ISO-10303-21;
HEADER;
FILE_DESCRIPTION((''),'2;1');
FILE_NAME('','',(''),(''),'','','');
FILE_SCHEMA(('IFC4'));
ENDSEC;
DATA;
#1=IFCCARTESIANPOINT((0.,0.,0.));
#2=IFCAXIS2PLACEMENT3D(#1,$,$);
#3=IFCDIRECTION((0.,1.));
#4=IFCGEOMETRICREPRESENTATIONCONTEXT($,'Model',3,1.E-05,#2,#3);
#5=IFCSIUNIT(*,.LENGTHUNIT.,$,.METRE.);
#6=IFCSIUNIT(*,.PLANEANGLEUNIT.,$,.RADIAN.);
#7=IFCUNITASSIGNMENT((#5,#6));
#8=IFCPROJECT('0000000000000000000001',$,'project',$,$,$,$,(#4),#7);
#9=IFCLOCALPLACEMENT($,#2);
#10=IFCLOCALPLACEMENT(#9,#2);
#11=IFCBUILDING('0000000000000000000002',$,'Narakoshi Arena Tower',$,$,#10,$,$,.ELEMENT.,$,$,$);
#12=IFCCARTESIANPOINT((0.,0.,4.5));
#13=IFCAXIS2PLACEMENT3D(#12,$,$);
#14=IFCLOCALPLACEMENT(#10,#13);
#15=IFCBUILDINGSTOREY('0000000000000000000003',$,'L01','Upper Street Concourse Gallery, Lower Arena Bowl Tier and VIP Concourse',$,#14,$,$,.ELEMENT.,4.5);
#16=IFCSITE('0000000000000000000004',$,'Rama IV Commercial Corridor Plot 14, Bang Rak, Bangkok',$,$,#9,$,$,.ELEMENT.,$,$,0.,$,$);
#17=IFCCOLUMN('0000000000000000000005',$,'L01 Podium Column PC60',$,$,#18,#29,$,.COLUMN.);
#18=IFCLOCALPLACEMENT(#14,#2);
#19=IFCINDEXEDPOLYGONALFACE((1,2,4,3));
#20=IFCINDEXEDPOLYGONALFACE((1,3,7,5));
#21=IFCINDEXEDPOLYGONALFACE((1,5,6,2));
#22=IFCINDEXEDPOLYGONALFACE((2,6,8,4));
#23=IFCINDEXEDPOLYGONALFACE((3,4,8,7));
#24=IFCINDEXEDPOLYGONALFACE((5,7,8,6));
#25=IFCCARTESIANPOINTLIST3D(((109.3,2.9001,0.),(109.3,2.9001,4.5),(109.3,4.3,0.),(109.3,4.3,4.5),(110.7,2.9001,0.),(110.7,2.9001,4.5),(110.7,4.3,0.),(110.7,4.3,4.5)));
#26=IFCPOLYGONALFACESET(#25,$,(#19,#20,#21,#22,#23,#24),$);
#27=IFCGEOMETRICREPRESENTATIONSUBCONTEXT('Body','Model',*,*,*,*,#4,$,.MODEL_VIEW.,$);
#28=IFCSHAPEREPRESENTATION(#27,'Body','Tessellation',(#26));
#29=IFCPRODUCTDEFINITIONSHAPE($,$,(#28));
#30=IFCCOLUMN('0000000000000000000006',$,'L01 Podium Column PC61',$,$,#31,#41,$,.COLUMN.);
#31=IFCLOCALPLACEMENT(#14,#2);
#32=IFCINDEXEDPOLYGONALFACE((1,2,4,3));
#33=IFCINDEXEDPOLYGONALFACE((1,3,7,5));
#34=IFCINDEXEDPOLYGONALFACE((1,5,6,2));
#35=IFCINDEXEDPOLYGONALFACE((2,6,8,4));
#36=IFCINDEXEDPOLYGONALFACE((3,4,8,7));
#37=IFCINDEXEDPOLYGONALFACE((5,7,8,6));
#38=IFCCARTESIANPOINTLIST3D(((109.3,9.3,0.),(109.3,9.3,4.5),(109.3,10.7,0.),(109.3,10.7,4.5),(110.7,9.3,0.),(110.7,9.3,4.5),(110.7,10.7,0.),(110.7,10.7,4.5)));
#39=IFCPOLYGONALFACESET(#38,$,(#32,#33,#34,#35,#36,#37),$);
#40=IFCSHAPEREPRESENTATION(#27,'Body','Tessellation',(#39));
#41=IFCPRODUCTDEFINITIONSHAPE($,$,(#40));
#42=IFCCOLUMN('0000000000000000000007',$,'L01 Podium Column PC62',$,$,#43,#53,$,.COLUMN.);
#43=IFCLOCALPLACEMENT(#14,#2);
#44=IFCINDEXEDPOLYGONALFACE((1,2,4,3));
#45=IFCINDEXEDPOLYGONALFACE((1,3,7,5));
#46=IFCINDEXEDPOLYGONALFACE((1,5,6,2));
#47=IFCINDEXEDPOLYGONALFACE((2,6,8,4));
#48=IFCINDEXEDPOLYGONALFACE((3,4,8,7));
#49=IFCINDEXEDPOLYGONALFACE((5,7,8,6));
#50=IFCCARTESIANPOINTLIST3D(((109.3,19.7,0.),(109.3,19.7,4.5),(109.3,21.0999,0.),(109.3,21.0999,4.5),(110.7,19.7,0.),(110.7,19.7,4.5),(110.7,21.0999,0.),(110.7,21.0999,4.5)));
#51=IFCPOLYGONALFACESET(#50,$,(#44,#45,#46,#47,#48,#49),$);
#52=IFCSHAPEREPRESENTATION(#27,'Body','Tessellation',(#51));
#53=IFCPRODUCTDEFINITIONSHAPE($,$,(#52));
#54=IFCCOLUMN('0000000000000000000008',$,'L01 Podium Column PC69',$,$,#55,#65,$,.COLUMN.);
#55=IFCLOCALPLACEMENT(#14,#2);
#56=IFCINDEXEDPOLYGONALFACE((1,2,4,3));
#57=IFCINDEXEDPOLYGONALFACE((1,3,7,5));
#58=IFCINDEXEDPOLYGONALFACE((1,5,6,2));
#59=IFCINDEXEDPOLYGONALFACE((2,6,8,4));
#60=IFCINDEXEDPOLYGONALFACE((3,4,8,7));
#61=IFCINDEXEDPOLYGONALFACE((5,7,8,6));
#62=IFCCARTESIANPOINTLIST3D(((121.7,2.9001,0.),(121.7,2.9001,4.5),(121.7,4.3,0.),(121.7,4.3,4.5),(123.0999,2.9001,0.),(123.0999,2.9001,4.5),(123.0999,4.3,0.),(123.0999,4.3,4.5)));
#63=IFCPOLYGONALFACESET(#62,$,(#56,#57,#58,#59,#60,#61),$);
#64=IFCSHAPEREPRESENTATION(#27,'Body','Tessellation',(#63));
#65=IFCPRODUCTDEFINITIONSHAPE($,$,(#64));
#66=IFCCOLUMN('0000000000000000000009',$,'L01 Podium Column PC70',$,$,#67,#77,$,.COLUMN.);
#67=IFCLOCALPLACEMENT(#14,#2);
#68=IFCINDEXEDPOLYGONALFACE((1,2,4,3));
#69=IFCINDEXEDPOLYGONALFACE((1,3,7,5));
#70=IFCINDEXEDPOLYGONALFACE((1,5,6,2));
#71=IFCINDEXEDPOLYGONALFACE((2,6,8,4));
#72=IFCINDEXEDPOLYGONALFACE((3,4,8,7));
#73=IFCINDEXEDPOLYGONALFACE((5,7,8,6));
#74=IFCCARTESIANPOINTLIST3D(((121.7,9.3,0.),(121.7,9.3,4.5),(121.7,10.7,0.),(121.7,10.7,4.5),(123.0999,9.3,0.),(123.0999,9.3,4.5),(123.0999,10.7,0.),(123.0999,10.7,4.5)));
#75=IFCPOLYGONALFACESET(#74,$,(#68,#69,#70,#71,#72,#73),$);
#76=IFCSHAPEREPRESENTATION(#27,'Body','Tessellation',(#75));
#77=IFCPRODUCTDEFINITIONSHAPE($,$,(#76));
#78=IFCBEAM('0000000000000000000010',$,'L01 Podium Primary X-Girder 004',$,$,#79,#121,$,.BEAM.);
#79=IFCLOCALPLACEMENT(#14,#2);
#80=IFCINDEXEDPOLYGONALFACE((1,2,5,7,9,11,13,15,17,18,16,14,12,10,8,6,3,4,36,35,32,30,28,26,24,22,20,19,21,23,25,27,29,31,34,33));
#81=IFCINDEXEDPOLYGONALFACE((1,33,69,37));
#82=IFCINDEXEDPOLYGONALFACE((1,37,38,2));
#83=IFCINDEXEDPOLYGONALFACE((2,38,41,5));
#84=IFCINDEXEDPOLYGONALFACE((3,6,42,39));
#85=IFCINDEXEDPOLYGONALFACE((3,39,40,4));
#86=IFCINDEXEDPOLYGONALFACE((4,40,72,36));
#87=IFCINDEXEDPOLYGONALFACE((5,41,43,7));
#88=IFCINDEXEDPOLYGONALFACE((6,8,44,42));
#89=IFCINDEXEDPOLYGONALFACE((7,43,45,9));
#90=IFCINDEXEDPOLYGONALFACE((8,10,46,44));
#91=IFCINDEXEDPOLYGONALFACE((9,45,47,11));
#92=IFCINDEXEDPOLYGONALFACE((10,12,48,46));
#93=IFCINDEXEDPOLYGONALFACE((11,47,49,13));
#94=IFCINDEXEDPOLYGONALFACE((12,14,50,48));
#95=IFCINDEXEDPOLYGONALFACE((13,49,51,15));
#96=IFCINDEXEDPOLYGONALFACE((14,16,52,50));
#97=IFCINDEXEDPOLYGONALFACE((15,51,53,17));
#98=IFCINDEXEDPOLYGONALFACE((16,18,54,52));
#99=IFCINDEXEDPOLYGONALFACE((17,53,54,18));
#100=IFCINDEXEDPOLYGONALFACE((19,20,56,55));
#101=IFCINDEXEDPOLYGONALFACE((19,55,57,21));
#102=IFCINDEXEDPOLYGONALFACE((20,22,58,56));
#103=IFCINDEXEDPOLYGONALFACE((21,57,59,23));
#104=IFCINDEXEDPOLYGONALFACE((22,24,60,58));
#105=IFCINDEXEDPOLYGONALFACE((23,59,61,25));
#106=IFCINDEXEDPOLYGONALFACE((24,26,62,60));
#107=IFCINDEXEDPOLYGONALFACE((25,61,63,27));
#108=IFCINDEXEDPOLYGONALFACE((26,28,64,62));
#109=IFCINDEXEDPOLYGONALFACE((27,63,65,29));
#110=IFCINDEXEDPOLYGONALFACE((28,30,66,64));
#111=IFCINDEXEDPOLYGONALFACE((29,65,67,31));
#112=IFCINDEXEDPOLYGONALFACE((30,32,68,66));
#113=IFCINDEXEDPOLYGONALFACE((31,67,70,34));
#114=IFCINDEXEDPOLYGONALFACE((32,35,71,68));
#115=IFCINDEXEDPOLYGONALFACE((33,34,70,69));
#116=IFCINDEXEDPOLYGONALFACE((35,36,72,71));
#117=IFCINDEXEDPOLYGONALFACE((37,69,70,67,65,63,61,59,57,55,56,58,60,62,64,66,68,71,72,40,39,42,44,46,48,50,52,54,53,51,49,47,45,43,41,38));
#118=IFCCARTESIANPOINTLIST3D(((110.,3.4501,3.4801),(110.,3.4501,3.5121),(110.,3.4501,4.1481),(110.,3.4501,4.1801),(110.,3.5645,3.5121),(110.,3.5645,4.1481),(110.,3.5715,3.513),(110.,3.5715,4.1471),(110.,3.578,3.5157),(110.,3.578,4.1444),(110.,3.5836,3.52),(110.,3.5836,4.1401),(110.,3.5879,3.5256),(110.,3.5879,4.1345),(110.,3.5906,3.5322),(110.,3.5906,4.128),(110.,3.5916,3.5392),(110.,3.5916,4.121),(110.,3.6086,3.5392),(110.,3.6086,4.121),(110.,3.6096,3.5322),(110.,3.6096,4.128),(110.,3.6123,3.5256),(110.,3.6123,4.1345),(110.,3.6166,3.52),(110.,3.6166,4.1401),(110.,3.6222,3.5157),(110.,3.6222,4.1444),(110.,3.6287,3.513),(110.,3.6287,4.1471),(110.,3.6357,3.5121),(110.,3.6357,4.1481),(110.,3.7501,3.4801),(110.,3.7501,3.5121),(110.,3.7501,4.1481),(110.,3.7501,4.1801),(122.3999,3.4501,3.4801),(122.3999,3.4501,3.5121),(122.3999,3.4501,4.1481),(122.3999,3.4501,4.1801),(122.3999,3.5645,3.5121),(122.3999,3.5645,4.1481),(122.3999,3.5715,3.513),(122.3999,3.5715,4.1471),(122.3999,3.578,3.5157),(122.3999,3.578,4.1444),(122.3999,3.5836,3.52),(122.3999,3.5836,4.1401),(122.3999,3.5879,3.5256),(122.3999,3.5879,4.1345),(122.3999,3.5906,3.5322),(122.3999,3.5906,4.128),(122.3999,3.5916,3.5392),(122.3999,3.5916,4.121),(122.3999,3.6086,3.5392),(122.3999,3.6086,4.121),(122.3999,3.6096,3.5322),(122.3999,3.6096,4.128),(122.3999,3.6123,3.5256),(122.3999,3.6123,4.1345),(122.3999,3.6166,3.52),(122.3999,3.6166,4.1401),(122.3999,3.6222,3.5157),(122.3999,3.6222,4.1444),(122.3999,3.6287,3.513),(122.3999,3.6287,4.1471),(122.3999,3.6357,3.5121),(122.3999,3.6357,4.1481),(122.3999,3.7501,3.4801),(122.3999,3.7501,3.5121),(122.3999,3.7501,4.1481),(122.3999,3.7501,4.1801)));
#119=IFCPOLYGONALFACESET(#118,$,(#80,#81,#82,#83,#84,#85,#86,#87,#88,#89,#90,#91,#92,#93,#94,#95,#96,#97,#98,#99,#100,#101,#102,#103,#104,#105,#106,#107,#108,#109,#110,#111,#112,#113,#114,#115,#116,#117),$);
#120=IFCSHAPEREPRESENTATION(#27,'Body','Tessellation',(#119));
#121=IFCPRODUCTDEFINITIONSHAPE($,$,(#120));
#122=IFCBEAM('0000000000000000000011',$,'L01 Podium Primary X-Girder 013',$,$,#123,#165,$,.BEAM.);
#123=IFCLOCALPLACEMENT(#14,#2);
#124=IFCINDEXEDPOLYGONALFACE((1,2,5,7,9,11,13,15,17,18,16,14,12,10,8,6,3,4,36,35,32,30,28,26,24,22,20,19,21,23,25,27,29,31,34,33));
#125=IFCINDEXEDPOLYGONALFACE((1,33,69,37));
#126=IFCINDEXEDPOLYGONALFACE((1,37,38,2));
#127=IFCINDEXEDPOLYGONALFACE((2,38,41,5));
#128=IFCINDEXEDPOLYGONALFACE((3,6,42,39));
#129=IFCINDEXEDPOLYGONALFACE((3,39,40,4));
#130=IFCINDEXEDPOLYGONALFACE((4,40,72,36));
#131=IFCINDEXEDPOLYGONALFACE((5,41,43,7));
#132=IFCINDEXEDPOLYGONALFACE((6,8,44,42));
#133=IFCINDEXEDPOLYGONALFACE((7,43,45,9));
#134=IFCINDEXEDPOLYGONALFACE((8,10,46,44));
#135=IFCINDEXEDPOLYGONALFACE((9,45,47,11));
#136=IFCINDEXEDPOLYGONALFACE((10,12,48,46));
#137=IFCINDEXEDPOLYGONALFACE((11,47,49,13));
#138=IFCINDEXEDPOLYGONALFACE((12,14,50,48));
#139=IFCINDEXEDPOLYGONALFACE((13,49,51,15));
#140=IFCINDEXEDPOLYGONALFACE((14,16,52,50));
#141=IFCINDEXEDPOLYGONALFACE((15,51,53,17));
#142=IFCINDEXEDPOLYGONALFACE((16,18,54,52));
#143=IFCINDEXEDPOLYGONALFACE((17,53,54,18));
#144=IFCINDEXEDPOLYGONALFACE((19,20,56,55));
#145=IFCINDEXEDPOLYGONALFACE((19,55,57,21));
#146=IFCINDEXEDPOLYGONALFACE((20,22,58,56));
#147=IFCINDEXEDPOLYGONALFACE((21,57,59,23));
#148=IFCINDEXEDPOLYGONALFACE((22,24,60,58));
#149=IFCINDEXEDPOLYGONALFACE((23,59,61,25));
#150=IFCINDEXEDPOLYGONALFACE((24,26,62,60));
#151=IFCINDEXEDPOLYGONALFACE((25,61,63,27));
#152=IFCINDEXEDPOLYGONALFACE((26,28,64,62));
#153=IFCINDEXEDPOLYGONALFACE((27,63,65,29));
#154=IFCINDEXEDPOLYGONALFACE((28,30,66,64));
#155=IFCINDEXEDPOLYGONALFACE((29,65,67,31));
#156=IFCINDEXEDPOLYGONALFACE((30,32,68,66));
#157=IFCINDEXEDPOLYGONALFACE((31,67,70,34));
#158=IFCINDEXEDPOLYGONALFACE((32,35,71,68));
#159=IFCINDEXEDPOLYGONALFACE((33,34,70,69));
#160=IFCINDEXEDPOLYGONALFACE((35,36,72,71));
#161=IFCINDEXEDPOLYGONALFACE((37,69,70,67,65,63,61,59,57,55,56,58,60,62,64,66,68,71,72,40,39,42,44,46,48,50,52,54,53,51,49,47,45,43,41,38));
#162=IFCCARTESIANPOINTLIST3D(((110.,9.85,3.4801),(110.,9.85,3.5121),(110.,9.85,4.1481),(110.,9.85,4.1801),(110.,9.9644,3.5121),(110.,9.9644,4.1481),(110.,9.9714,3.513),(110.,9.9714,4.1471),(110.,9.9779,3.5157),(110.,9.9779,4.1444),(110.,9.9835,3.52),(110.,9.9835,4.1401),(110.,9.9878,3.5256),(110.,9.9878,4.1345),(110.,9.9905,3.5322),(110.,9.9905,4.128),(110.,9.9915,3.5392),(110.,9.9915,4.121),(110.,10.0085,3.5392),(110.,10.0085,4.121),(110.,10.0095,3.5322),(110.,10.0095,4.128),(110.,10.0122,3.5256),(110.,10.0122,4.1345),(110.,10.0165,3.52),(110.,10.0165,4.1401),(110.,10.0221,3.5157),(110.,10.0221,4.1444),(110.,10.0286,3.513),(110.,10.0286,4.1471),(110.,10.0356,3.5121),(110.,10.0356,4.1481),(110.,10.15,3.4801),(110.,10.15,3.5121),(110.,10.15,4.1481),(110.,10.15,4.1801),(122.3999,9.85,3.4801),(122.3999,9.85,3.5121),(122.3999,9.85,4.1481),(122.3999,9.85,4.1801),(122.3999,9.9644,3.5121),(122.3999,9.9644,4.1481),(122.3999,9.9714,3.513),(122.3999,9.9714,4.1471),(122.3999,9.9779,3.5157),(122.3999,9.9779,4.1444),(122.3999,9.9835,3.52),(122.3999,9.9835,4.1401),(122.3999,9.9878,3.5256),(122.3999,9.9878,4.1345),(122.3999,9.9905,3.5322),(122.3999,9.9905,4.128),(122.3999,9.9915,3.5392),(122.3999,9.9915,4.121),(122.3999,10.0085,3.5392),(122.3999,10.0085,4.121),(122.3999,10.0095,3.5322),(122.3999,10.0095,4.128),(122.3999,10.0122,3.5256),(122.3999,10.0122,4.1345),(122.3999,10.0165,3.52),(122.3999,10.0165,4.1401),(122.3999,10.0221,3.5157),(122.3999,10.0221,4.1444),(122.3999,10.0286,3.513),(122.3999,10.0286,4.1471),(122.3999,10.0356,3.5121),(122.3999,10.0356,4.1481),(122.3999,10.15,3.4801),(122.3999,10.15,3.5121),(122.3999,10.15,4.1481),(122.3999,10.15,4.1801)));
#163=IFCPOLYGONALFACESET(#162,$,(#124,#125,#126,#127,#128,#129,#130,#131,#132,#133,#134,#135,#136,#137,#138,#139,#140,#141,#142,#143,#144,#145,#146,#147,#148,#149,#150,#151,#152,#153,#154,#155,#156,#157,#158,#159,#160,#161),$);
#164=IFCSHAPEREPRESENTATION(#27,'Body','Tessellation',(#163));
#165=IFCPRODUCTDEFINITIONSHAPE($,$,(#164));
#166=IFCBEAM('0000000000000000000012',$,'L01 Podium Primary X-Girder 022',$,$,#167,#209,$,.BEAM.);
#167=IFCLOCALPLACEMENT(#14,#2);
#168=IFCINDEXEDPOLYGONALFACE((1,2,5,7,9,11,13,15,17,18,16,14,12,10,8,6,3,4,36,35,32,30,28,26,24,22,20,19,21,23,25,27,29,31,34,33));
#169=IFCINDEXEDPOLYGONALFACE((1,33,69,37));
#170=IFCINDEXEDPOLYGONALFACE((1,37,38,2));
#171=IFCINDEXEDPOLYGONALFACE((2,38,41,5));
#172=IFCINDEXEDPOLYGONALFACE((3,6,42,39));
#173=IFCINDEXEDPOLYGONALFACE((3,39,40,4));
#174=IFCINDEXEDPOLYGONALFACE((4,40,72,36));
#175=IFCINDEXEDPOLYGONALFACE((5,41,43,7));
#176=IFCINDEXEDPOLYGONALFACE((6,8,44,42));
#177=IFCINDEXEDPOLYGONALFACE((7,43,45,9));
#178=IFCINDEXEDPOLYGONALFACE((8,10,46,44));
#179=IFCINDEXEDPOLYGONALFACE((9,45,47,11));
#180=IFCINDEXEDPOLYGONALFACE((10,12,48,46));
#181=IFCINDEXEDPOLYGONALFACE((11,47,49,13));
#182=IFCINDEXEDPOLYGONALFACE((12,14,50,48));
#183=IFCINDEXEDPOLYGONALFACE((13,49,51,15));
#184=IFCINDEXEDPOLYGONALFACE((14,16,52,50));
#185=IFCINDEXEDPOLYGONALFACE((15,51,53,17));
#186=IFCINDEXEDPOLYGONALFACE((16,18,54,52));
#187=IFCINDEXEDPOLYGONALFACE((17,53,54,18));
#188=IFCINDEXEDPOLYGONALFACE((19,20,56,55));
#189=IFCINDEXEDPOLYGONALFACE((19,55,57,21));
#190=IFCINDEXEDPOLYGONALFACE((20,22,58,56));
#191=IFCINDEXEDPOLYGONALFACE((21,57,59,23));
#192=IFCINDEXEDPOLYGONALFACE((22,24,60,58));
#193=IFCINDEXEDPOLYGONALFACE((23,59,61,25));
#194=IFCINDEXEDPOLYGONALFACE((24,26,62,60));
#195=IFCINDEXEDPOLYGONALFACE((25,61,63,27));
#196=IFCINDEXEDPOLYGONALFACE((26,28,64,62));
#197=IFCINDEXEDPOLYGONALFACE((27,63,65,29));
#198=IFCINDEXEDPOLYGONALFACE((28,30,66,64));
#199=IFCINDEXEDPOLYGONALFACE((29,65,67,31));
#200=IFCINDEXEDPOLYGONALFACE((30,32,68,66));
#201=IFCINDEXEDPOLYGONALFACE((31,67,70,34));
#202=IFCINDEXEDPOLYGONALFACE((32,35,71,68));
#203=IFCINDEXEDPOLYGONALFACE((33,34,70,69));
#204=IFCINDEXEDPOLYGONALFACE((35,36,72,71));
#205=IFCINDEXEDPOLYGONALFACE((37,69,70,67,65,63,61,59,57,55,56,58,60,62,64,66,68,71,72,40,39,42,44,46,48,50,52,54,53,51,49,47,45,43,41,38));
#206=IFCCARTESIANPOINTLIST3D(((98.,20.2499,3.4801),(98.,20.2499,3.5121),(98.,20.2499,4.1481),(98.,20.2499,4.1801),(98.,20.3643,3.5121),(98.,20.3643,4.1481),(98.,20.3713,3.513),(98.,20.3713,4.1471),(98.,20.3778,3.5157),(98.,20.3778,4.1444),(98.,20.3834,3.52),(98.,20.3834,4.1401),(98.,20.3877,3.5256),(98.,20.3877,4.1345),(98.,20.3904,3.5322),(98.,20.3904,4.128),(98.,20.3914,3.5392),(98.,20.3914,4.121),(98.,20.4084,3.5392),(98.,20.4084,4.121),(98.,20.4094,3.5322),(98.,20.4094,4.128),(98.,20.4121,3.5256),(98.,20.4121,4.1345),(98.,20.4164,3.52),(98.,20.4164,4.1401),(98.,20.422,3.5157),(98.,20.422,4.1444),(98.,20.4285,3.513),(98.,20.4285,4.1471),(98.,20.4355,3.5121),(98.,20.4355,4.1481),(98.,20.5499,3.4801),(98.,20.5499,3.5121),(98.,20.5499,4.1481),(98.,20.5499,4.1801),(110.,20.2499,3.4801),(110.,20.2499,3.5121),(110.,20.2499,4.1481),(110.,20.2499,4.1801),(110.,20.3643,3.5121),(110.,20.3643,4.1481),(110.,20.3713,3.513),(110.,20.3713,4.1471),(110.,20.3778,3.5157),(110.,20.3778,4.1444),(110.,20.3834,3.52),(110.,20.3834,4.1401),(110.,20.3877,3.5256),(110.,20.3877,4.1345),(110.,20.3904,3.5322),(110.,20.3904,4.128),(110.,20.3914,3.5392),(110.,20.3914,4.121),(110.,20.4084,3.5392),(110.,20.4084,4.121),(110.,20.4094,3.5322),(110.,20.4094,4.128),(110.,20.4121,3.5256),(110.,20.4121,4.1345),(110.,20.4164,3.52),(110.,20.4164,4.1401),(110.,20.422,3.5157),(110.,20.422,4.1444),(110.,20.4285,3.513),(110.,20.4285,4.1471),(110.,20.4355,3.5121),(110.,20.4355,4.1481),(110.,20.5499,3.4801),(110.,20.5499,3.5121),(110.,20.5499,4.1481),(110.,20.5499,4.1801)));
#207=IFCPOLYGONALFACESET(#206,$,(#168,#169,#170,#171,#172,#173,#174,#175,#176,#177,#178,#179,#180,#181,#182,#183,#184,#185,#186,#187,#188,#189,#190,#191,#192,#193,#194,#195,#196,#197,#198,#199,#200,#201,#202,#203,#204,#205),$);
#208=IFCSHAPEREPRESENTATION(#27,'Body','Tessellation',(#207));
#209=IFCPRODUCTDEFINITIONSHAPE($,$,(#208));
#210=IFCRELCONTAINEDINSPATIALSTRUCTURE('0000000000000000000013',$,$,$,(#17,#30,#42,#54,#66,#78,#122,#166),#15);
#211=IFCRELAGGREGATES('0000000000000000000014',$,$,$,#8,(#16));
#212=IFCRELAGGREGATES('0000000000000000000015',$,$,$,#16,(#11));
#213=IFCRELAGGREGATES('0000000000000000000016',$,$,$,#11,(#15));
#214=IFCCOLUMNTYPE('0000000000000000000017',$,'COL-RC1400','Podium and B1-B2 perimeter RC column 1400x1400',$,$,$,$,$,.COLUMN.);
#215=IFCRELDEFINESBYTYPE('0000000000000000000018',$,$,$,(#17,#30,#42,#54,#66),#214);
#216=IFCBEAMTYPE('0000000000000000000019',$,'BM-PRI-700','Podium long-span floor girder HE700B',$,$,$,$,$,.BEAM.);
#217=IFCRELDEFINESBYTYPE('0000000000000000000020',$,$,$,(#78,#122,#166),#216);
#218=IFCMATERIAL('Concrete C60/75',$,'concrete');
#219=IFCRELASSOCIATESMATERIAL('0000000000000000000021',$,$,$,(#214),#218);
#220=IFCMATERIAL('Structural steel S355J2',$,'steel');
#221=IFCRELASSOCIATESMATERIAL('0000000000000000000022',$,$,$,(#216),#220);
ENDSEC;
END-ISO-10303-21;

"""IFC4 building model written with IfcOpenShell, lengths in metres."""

from ifc_helpers import new_model, si_unit, direction, frame, origin, origin_2d, place, context, subcontext, project, spatial, rectangle, i_section, extrude, material, material_profile, profile_set, type_object, element, save


model = new_model("IFC4")

# Units and contexts
model_context = context("Model", 3, precision=1e-05, world=origin(), true_north=direction((0.0, 1.0)))
body_context = subcontext(model_context, "Body", "Model", "MODEL_VIEW")
ifc_project = project(units=[si_unit("LENGTHUNIT", "METRE"), si_unit("PLANEANGLEUNIT", "RADIAN")], contexts=[model_context])

# Site, building, storey
site_placement = place(None, origin())
site = spatial("IfcSite", under=ifc_project, at=site_placement, Name="Rama IV Commercial Corridor Plot 14, Bang Rak, Bangkok", CompositionType="ELEMENT", RefElevation=0.0)
building_placement = place(site_placement, origin())
building = spatial("IfcBuilding", under=site, at=building_placement, Name="Narakoshi Arena Tower", CompositionType="ELEMENT")
storey_placement = place(building_placement, frame((0.0, 0.0, 4.5)))
storey = spatial("IfcBuildingStorey", under=building, at=storey_placement, Name="L01", Description="Upper Street Concourse Gallery, Lower Arena Bowl Tier and VIP Concourse", CompositionType="ELEMENT", Elevation=4.5)

# Columns
ifc_material_1 = material(Name="Concrete C60/75", Category="concrete")
ifc_material_profile_1 = material_profile(ifc_material_1, rectangle(XDim=1.3999, YDim=1.3999, at=origin_2d()), Name="RC1400x1400")
ifc_profile_set_1 = profile_set([ifc_material_profile_1], Name="Concrete C60/75")
column_type = type_object("IfcColumnType", Name="COL-RC1400", Description="Podium and B1-B2 perimeter RC column 1400x1400", PredefinedType="COLUMN", material=ifc_profile_set_1)
for number, where, z_axis, x_axis, name in (
    (1, (110.0, 3.6001, 0.0), (0.0, 0.0, 1.0), (1.0, 0.0, 0.0), "L01 Podium Column PC60"),
    (2, (110.0, 10.0, 0.0), (0.0, 0.0, 1.0), (1.0, 0.0, 0.0), "L01 Podium Column PC61"),
    (3, (110.0, 20.3999, 0.0), (0.0, 0.0, 1.0), (1.0, 0.0, 0.0), "L01 Podium Column PC62"),
    (4, (122.3999, 3.6001, 0.0), (0.0, 0.0, 1.0), (1.0, 0.0, 0.0), "L01 Podium Column PC69"),
    (5, (122.3999, 10.0, 0.0), (0.0, 0.0, 1.0), (1.0, 0.0, 0.0), "L01 Podium Column PC70"),
):
    element("IfcColumn", number, at=place(storey_placement, frame(where, z_axis=z_axis, x_axis=x_axis)), inside=storey, type_object=column_type, Name=name, PredefinedType="COLUMN", context=body_context, shape_type="SweptSolid", body=[
        extrude(rectangle(XDim=1.3999, YDim=1.3999, at=origin_2d()), origin(), (0.0, 0.0, 1.0), 4.5),
    ])

# Beams
ifc_material_2 = material(Name="Structural steel S355J2", Category="steel")
ifc_material_profile_2 = material_profile(ifc_material_2, i_section(OverallWidth=0.3, OverallDepth=0.7, WebThickness=0.0171, FlangeThickness=0.032, FilletRadius=0.0271, at=origin_2d()), Name="HE700B")
ifc_profile_set_2 = profile_set([ifc_material_profile_2], Name="Structural steel S355J2")
beam_type_1 = type_object("IfcBeamType", Name="BM-PRI-700", Description="Podium long-span floor girder HE700B", PredefinedType="BEAM", material=ifc_profile_set_2)
for number, where, z_axis, x_axis, name in (
    (6, (110.0, 3.6001, 3.8301), (1.0, 0.0, 0.0), (0.0, 1.0, 0.0), "L01 Podium Primary X-Girder 004"),
    (7, (110.0, 10.0, 3.8301), (1.0, 0.0, 0.0), (0.0, 1.0, 0.0), "L01 Podium Primary X-Girder 013"),
):
    element("IfcBeam", number, at=place(storey_placement, frame(where, z_axis=z_axis, x_axis=x_axis)), inside=storey, type_object=beam_type_1, Name=name, PredefinedType="BEAM", context=body_context, shape_type="SweptSolid", body=[
        extrude(i_section(OverallWidth=0.3, OverallDepth=0.7, WebThickness=0.0171, FlangeThickness=0.032, FilletRadius=0.0271, at=origin_2d()), origin(), (0.0, 0.0, 1.0), 12.3999),
    ])
beam_1_placement = place(storey_placement, frame((98.0, 20.3999, 3.8301), z_axis=(1.0, 0.0, 0.0), x_axis=(0.0, 1.0, 0.0)))
element("IfcBeam", 8, at=beam_1_placement, inside=storey, type_object=beam_type_1, Name="L01 Podium Primary X-Girder 022", PredefinedType="BEAM", context=body_context, shape_type="SweptSolid", body=[
    extrude(i_section(OverallWidth=0.3, OverallDepth=0.7, WebThickness=0.0171, FlangeThickness=0.032, FilletRadius=0.0271, at=origin_2d()), origin(), (0.0, 0.0, 1.0), 12.0),
])

save(model, "model.ifc")
